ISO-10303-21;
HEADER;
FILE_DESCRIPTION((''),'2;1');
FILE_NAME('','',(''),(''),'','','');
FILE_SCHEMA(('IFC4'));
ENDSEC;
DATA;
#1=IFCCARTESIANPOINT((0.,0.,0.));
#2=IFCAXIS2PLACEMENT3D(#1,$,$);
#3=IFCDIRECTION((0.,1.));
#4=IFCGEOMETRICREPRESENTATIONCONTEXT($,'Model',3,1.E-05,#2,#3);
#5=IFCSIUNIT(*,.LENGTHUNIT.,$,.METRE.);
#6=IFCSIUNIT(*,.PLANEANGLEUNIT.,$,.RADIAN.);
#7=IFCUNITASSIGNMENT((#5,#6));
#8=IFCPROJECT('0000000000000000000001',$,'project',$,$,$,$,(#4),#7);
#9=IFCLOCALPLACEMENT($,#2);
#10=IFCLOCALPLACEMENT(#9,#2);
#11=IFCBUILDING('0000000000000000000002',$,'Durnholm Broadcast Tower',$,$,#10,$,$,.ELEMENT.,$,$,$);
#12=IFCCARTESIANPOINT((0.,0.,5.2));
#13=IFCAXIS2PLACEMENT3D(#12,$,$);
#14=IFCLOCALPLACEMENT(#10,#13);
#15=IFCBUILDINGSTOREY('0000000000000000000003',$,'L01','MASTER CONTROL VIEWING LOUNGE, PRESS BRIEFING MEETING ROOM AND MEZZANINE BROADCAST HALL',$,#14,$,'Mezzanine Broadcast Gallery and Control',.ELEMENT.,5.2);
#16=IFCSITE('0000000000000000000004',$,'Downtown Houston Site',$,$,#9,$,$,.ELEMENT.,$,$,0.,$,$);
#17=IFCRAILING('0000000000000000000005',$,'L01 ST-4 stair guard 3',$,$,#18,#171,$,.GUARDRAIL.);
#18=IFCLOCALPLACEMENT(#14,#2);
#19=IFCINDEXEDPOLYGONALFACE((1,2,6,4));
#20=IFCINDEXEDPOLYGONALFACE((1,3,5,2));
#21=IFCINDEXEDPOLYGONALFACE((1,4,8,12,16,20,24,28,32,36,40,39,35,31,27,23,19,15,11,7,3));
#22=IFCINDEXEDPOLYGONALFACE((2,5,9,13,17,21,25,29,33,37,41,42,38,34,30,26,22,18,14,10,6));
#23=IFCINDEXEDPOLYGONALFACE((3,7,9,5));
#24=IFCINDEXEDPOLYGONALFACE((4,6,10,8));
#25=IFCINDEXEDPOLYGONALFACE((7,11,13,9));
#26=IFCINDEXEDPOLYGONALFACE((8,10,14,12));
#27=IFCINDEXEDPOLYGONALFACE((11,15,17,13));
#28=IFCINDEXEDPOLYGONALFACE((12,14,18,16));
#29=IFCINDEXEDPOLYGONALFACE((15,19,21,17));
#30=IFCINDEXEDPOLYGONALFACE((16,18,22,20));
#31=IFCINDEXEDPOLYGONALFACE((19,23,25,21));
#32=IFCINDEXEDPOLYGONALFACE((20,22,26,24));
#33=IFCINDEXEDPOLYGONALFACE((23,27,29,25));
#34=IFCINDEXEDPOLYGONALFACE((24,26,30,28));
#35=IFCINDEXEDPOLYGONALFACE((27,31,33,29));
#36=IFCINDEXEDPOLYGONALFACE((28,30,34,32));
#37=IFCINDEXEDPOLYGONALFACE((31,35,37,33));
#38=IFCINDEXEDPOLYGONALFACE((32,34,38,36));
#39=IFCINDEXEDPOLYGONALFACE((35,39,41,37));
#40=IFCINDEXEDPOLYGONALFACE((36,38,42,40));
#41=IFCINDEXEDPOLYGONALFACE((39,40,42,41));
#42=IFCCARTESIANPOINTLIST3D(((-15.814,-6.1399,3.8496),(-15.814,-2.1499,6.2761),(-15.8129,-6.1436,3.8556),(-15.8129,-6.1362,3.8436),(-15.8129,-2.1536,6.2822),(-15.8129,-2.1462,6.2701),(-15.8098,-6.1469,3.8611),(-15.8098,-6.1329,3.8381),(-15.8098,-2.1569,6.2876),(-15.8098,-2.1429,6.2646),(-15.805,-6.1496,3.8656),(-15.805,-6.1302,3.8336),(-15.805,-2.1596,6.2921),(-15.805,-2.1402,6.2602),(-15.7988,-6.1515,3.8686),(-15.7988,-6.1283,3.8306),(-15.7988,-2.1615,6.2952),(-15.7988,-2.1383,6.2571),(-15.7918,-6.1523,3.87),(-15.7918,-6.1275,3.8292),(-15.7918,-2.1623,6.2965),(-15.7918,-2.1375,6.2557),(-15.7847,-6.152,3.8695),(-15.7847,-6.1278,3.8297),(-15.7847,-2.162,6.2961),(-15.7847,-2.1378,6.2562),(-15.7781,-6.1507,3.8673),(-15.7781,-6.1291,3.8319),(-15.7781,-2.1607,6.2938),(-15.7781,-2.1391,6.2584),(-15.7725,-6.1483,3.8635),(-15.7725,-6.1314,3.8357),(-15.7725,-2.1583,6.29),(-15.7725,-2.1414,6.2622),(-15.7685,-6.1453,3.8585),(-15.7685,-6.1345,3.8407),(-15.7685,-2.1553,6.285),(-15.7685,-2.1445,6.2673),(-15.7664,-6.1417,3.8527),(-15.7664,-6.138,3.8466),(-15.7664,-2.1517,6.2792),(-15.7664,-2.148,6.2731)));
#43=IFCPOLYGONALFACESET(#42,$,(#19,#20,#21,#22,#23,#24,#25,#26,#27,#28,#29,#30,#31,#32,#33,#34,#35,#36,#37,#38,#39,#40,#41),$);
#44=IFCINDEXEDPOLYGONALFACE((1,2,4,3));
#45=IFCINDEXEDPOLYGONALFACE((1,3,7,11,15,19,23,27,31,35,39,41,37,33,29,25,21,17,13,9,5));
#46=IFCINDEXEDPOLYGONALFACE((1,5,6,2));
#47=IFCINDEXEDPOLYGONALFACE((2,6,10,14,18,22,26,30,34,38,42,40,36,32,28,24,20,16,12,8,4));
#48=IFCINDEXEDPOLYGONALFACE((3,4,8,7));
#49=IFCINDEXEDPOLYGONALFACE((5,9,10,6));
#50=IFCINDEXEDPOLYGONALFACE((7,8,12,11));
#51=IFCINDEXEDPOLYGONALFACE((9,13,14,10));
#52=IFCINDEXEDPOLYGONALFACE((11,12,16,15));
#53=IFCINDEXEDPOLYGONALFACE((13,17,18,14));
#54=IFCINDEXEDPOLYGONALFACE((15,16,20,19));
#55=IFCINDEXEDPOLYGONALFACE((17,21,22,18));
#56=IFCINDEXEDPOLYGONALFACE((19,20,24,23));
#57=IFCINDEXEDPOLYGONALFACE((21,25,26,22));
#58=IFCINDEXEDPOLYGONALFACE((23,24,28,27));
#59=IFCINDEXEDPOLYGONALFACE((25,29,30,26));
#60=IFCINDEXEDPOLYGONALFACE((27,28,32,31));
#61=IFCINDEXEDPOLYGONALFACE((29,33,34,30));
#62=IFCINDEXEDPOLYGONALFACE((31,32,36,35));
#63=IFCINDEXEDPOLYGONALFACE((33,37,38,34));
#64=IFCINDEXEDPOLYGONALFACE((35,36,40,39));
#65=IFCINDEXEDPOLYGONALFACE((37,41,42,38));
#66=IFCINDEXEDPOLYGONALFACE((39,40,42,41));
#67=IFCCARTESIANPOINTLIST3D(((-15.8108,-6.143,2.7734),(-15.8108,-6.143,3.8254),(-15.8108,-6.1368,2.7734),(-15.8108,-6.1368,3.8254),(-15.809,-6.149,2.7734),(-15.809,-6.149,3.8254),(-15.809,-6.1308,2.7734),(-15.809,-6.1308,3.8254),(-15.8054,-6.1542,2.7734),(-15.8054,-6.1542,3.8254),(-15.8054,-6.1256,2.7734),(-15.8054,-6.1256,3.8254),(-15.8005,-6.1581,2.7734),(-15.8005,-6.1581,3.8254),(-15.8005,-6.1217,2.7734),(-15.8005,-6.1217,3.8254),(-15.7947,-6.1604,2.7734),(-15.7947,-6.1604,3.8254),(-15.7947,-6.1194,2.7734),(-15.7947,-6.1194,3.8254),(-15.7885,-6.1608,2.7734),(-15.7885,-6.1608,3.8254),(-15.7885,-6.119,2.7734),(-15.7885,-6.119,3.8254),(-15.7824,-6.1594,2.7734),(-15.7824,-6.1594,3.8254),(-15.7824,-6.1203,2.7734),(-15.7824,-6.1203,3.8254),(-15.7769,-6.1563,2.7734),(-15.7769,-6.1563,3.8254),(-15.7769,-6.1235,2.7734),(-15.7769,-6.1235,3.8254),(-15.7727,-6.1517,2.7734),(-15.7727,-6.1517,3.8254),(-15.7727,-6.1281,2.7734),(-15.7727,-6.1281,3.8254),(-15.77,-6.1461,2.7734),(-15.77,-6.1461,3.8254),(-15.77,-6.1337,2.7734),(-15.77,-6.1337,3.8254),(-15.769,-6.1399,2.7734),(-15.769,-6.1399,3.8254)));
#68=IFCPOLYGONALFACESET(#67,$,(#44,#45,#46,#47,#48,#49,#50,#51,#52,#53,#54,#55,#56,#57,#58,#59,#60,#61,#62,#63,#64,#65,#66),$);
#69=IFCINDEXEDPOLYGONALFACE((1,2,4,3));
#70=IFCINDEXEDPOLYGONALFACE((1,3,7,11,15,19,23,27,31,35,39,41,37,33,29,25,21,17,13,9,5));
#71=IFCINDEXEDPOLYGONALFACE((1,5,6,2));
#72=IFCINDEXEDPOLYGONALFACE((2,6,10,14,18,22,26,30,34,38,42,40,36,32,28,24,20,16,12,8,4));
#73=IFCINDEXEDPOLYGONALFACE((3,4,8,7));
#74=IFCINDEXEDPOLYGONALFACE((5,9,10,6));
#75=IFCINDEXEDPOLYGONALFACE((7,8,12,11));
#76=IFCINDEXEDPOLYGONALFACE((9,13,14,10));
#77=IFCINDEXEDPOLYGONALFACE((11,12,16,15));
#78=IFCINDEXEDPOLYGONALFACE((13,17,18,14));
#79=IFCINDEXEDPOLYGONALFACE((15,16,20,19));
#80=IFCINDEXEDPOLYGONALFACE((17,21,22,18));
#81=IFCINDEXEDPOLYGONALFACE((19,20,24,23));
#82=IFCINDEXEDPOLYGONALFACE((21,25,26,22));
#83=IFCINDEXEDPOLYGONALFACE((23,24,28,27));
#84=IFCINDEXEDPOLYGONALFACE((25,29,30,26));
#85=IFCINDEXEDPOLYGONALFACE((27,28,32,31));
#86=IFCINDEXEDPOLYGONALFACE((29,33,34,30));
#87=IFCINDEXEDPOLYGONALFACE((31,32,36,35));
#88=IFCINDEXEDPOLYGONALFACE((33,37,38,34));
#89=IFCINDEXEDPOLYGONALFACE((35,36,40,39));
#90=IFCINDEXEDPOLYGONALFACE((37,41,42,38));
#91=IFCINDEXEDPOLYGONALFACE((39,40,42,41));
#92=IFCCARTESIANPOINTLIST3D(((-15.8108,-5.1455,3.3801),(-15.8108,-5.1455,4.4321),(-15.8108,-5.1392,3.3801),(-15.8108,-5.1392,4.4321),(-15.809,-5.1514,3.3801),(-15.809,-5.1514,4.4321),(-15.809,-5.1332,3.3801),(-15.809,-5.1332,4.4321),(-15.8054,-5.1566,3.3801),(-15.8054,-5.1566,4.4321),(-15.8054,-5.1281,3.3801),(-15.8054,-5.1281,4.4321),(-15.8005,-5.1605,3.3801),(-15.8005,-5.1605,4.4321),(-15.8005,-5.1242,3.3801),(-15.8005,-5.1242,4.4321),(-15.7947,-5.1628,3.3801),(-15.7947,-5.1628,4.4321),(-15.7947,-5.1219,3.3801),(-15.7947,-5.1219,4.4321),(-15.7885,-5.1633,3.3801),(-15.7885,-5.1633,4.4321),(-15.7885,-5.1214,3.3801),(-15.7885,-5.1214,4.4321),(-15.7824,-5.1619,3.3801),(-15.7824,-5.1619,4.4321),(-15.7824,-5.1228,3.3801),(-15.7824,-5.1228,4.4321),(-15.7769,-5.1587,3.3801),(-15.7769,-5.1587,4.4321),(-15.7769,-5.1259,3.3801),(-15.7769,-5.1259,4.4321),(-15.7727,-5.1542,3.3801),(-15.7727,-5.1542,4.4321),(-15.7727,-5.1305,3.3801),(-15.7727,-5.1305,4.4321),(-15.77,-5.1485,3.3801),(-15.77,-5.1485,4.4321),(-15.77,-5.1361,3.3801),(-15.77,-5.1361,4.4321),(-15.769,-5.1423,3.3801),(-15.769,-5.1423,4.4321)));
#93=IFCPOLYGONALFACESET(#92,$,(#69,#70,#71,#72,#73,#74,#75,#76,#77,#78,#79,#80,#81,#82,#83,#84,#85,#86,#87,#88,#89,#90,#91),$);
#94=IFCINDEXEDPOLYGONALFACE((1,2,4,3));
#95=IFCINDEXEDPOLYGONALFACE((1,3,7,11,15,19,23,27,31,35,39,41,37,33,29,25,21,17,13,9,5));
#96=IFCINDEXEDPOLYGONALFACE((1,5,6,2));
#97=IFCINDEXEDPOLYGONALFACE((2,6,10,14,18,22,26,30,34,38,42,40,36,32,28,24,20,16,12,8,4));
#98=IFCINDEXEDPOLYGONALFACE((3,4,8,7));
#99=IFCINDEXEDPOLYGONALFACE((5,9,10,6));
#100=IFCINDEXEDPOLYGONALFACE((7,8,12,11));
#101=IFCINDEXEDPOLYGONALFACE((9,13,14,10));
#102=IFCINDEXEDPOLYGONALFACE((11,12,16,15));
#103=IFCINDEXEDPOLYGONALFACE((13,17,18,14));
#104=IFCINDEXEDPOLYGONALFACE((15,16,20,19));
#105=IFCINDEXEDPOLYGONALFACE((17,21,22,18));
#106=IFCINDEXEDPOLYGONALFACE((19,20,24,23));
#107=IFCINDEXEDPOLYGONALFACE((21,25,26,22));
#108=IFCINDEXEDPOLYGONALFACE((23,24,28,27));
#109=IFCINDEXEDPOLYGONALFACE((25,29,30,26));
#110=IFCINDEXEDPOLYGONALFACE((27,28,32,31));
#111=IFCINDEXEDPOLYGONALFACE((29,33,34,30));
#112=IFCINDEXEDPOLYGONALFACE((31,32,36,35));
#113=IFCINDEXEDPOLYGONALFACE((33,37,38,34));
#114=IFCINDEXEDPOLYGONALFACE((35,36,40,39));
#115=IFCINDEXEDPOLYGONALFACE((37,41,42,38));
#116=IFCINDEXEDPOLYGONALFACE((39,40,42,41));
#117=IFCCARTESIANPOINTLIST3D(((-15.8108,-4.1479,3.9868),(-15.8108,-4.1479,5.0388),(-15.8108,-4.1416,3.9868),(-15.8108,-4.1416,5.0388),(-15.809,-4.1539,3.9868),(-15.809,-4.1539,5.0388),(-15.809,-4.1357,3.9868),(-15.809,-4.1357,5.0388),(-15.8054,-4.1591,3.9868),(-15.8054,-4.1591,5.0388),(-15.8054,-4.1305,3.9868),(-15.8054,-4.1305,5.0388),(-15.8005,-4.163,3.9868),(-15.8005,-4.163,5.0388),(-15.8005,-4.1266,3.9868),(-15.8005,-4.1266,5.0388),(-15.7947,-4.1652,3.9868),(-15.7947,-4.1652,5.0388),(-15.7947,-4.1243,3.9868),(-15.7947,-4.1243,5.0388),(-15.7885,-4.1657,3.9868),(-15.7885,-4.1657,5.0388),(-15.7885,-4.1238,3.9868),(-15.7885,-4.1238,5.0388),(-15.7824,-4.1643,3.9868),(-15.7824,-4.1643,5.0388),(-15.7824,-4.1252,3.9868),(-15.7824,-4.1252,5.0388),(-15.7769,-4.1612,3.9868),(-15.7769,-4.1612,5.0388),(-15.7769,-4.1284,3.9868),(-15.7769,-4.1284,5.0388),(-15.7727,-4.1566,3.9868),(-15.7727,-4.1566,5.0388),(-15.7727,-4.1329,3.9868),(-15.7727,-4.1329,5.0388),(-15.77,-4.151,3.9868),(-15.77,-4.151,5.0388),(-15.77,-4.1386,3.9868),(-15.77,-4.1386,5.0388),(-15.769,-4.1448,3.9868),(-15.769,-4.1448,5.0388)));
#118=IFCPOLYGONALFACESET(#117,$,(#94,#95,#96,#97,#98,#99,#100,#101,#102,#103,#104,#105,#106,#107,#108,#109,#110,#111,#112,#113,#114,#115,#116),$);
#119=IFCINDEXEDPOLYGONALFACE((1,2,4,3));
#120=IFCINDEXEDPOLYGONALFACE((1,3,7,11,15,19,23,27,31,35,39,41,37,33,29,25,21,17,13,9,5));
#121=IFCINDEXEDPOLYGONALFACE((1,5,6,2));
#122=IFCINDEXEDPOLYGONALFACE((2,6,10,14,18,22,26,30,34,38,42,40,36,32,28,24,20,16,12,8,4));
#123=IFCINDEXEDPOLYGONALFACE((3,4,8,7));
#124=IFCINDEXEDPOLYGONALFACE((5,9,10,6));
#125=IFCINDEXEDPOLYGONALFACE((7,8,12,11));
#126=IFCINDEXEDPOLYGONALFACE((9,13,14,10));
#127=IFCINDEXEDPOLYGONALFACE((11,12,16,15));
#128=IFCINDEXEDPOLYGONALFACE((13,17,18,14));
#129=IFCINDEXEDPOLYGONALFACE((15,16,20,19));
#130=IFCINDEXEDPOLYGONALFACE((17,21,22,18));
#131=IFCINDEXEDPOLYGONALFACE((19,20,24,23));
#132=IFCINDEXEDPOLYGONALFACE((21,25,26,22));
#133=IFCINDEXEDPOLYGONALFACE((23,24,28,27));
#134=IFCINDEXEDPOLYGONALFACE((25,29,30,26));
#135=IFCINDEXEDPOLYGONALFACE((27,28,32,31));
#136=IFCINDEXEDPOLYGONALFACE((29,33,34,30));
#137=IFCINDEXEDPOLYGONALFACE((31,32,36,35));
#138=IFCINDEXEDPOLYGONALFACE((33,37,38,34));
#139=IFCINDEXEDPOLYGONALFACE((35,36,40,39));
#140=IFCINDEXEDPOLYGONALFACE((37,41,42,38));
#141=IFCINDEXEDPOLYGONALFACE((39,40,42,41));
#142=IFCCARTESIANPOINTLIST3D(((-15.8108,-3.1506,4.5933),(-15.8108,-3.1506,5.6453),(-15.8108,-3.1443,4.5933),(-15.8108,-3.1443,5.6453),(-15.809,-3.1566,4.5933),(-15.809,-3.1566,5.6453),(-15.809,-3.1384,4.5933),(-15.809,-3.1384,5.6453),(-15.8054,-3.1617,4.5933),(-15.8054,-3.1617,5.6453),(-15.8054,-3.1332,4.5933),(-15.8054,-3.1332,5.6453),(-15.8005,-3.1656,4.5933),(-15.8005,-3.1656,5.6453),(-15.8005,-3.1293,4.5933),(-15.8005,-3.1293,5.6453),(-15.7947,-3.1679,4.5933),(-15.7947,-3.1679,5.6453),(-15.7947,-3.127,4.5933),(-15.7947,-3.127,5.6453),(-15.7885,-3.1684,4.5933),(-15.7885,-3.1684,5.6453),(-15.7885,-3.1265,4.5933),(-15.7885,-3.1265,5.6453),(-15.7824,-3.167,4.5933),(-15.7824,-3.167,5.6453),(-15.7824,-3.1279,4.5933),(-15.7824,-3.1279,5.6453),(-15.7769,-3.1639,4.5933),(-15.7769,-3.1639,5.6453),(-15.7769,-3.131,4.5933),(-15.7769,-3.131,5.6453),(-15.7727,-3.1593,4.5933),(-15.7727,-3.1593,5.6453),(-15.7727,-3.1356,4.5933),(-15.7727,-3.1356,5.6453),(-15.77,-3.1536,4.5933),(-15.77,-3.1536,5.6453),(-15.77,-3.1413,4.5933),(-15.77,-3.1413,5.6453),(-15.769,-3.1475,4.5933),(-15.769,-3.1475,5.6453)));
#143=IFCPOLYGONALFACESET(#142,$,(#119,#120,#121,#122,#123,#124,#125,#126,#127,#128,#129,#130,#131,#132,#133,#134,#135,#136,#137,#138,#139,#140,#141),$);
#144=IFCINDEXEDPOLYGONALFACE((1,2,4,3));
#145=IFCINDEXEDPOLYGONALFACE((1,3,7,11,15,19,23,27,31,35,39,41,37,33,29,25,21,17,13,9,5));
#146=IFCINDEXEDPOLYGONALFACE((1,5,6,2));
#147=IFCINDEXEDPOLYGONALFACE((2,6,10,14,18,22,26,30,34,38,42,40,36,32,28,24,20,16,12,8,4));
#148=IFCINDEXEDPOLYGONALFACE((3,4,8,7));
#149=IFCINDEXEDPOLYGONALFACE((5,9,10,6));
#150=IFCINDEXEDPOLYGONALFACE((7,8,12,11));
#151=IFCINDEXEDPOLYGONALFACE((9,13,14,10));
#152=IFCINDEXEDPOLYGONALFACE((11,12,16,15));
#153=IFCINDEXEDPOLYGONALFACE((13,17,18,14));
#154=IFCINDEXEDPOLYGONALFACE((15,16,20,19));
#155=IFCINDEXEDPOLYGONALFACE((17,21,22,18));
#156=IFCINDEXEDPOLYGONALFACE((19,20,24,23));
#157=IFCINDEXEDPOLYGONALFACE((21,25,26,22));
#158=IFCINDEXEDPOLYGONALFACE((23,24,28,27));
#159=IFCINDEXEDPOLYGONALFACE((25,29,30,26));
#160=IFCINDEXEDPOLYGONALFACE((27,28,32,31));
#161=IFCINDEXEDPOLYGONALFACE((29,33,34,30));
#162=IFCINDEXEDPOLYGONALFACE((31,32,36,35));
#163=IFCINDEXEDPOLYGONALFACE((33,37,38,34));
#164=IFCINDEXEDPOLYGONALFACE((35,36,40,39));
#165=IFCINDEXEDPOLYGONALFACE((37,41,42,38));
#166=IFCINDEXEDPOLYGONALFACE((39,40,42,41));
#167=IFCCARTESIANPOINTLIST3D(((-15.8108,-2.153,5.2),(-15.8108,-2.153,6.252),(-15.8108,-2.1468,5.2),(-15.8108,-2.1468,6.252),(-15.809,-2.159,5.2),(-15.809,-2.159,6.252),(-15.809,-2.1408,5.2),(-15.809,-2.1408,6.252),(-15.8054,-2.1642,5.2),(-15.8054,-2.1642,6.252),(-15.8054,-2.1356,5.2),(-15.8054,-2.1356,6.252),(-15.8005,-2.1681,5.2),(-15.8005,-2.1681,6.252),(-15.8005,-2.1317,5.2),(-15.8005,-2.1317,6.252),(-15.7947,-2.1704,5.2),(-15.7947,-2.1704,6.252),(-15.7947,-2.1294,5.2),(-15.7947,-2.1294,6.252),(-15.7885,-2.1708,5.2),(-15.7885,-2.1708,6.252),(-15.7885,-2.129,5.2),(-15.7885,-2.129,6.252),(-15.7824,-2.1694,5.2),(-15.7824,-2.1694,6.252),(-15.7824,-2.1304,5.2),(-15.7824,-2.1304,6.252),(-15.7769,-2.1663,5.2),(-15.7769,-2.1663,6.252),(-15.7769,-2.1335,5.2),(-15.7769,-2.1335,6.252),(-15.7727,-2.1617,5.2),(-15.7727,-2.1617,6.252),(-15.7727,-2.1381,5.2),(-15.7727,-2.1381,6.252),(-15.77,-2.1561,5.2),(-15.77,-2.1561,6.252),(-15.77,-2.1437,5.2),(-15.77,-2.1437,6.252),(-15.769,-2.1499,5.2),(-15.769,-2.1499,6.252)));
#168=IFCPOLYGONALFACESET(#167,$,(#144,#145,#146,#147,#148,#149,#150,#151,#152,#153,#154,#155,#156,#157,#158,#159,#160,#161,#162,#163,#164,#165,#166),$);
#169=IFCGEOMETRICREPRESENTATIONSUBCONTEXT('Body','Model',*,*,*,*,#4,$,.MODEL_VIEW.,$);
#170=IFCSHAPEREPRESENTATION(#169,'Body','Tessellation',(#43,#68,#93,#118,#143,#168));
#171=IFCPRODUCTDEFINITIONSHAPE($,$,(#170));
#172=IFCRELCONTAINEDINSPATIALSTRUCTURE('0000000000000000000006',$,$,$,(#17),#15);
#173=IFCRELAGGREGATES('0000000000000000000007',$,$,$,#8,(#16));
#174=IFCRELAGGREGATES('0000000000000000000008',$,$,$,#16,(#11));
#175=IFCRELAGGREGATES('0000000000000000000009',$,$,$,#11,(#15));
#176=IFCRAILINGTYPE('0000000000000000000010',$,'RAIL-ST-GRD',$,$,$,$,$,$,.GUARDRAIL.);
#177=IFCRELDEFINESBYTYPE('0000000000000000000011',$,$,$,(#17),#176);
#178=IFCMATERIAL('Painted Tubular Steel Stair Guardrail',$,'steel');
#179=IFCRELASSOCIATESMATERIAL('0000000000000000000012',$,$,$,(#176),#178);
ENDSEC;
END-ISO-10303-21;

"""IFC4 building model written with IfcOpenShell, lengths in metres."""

from ifc_helpers import new_model, si_unit, direction, frame, origin, origin_2d, place, context, subcontext, project, spatial, circle, extrude, material, type_object, element, save


model = new_model("IFC4")

# Units and contexts
model_context = context("Model", 3, precision=1e-05, world=origin(), true_north=direction((0.0, 1.0)))
body_context = subcontext(model_context, "Body", "Model", "MODEL_VIEW")
ifc_project = project(units=[si_unit("LENGTHUNIT", "METRE"), si_unit("PLANEANGLEUNIT", "RADIAN")], contexts=[model_context])

# Site, building, storey
site_placement = place(None, origin())
site = spatial("IfcSite", under=ifc_project, at=site_placement, Name="Downtown Houston Site", CompositionType="ELEMENT", RefElevation=0.0)
building_placement = place(site_placement, origin())
building = spatial("IfcBuilding", under=site, at=building_placement, Name="Durnholm Broadcast Tower", CompositionType="ELEMENT")
storey_placement = place(building_placement, frame((0.0, 0.0, 5.2)))
storey = spatial("IfcBuildingStorey", under=building, at=storey_placement, Name="L01", Description="MASTER CONTROL VIEWING LOUNGE, PRESS BRIEFING MEETING ROOM AND MEZZANINE BROADCAST HALL", LongName="Mezzanine Broadcast Gallery and Control", CompositionType="ELEMENT", Elevation=5.2)

# Railing
ifc_material_1 = material(Name="Painted Tubular Steel Stair Guardrail", Category="steel")
railing_type_1 = type_object("IfcRailingType", Name="RAIL-ST-GRD", PredefinedType="GUARDRAIL", material=ifc_material_1)
railing_1_placement = place(storey_placement, frame((-15.79, -6.1399, 2.7734)))
element("IfcRailing", 1, at=railing_1_placement, inside=storey, type_object=railing_type_1, Name="L01 ST-4 stair guard 3", PredefinedType="GUARDRAIL", context=body_context, shape_type="SweptSolid", body=[
    extrude(circle(Radius=0.0239, at=origin_2d()), frame((0.0, 0.0, 1.0762), z_axis=(0.0, 0.854405, 0.519607), x_axis=(-1.0, 0.0, 0.0)), (0.0, 0.0, 1.0), 4.6699),
    extrude(circle(Radius=0.021, at=origin_2d()), origin(), (0.0, 0.0, 1.0), 1.052),
    extrude(circle(Radius=0.021, at=origin_2d()), frame((0.0, 0.9976, 0.6067)), (0.0, 0.0, 1.0), 1.052),
    extrude(circle(Radius=0.021, at=origin_2d()), frame((0.0, 1.9951, 1.2134)), (0.0, 0.0, 1.0), 1.052),
    extrude(circle(Radius=0.021, at=origin_2d()), frame((0.0, 2.9924, 1.8198)), (0.0, 0.0, 1.0), 1.052),
    extrude(circle(Radius=0.021, at=origin_2d()), frame((0.0, 3.99, 2.4265)), (0.0, 0.0, 1.0), 1.052),
])

save(model, "model.ifc")
